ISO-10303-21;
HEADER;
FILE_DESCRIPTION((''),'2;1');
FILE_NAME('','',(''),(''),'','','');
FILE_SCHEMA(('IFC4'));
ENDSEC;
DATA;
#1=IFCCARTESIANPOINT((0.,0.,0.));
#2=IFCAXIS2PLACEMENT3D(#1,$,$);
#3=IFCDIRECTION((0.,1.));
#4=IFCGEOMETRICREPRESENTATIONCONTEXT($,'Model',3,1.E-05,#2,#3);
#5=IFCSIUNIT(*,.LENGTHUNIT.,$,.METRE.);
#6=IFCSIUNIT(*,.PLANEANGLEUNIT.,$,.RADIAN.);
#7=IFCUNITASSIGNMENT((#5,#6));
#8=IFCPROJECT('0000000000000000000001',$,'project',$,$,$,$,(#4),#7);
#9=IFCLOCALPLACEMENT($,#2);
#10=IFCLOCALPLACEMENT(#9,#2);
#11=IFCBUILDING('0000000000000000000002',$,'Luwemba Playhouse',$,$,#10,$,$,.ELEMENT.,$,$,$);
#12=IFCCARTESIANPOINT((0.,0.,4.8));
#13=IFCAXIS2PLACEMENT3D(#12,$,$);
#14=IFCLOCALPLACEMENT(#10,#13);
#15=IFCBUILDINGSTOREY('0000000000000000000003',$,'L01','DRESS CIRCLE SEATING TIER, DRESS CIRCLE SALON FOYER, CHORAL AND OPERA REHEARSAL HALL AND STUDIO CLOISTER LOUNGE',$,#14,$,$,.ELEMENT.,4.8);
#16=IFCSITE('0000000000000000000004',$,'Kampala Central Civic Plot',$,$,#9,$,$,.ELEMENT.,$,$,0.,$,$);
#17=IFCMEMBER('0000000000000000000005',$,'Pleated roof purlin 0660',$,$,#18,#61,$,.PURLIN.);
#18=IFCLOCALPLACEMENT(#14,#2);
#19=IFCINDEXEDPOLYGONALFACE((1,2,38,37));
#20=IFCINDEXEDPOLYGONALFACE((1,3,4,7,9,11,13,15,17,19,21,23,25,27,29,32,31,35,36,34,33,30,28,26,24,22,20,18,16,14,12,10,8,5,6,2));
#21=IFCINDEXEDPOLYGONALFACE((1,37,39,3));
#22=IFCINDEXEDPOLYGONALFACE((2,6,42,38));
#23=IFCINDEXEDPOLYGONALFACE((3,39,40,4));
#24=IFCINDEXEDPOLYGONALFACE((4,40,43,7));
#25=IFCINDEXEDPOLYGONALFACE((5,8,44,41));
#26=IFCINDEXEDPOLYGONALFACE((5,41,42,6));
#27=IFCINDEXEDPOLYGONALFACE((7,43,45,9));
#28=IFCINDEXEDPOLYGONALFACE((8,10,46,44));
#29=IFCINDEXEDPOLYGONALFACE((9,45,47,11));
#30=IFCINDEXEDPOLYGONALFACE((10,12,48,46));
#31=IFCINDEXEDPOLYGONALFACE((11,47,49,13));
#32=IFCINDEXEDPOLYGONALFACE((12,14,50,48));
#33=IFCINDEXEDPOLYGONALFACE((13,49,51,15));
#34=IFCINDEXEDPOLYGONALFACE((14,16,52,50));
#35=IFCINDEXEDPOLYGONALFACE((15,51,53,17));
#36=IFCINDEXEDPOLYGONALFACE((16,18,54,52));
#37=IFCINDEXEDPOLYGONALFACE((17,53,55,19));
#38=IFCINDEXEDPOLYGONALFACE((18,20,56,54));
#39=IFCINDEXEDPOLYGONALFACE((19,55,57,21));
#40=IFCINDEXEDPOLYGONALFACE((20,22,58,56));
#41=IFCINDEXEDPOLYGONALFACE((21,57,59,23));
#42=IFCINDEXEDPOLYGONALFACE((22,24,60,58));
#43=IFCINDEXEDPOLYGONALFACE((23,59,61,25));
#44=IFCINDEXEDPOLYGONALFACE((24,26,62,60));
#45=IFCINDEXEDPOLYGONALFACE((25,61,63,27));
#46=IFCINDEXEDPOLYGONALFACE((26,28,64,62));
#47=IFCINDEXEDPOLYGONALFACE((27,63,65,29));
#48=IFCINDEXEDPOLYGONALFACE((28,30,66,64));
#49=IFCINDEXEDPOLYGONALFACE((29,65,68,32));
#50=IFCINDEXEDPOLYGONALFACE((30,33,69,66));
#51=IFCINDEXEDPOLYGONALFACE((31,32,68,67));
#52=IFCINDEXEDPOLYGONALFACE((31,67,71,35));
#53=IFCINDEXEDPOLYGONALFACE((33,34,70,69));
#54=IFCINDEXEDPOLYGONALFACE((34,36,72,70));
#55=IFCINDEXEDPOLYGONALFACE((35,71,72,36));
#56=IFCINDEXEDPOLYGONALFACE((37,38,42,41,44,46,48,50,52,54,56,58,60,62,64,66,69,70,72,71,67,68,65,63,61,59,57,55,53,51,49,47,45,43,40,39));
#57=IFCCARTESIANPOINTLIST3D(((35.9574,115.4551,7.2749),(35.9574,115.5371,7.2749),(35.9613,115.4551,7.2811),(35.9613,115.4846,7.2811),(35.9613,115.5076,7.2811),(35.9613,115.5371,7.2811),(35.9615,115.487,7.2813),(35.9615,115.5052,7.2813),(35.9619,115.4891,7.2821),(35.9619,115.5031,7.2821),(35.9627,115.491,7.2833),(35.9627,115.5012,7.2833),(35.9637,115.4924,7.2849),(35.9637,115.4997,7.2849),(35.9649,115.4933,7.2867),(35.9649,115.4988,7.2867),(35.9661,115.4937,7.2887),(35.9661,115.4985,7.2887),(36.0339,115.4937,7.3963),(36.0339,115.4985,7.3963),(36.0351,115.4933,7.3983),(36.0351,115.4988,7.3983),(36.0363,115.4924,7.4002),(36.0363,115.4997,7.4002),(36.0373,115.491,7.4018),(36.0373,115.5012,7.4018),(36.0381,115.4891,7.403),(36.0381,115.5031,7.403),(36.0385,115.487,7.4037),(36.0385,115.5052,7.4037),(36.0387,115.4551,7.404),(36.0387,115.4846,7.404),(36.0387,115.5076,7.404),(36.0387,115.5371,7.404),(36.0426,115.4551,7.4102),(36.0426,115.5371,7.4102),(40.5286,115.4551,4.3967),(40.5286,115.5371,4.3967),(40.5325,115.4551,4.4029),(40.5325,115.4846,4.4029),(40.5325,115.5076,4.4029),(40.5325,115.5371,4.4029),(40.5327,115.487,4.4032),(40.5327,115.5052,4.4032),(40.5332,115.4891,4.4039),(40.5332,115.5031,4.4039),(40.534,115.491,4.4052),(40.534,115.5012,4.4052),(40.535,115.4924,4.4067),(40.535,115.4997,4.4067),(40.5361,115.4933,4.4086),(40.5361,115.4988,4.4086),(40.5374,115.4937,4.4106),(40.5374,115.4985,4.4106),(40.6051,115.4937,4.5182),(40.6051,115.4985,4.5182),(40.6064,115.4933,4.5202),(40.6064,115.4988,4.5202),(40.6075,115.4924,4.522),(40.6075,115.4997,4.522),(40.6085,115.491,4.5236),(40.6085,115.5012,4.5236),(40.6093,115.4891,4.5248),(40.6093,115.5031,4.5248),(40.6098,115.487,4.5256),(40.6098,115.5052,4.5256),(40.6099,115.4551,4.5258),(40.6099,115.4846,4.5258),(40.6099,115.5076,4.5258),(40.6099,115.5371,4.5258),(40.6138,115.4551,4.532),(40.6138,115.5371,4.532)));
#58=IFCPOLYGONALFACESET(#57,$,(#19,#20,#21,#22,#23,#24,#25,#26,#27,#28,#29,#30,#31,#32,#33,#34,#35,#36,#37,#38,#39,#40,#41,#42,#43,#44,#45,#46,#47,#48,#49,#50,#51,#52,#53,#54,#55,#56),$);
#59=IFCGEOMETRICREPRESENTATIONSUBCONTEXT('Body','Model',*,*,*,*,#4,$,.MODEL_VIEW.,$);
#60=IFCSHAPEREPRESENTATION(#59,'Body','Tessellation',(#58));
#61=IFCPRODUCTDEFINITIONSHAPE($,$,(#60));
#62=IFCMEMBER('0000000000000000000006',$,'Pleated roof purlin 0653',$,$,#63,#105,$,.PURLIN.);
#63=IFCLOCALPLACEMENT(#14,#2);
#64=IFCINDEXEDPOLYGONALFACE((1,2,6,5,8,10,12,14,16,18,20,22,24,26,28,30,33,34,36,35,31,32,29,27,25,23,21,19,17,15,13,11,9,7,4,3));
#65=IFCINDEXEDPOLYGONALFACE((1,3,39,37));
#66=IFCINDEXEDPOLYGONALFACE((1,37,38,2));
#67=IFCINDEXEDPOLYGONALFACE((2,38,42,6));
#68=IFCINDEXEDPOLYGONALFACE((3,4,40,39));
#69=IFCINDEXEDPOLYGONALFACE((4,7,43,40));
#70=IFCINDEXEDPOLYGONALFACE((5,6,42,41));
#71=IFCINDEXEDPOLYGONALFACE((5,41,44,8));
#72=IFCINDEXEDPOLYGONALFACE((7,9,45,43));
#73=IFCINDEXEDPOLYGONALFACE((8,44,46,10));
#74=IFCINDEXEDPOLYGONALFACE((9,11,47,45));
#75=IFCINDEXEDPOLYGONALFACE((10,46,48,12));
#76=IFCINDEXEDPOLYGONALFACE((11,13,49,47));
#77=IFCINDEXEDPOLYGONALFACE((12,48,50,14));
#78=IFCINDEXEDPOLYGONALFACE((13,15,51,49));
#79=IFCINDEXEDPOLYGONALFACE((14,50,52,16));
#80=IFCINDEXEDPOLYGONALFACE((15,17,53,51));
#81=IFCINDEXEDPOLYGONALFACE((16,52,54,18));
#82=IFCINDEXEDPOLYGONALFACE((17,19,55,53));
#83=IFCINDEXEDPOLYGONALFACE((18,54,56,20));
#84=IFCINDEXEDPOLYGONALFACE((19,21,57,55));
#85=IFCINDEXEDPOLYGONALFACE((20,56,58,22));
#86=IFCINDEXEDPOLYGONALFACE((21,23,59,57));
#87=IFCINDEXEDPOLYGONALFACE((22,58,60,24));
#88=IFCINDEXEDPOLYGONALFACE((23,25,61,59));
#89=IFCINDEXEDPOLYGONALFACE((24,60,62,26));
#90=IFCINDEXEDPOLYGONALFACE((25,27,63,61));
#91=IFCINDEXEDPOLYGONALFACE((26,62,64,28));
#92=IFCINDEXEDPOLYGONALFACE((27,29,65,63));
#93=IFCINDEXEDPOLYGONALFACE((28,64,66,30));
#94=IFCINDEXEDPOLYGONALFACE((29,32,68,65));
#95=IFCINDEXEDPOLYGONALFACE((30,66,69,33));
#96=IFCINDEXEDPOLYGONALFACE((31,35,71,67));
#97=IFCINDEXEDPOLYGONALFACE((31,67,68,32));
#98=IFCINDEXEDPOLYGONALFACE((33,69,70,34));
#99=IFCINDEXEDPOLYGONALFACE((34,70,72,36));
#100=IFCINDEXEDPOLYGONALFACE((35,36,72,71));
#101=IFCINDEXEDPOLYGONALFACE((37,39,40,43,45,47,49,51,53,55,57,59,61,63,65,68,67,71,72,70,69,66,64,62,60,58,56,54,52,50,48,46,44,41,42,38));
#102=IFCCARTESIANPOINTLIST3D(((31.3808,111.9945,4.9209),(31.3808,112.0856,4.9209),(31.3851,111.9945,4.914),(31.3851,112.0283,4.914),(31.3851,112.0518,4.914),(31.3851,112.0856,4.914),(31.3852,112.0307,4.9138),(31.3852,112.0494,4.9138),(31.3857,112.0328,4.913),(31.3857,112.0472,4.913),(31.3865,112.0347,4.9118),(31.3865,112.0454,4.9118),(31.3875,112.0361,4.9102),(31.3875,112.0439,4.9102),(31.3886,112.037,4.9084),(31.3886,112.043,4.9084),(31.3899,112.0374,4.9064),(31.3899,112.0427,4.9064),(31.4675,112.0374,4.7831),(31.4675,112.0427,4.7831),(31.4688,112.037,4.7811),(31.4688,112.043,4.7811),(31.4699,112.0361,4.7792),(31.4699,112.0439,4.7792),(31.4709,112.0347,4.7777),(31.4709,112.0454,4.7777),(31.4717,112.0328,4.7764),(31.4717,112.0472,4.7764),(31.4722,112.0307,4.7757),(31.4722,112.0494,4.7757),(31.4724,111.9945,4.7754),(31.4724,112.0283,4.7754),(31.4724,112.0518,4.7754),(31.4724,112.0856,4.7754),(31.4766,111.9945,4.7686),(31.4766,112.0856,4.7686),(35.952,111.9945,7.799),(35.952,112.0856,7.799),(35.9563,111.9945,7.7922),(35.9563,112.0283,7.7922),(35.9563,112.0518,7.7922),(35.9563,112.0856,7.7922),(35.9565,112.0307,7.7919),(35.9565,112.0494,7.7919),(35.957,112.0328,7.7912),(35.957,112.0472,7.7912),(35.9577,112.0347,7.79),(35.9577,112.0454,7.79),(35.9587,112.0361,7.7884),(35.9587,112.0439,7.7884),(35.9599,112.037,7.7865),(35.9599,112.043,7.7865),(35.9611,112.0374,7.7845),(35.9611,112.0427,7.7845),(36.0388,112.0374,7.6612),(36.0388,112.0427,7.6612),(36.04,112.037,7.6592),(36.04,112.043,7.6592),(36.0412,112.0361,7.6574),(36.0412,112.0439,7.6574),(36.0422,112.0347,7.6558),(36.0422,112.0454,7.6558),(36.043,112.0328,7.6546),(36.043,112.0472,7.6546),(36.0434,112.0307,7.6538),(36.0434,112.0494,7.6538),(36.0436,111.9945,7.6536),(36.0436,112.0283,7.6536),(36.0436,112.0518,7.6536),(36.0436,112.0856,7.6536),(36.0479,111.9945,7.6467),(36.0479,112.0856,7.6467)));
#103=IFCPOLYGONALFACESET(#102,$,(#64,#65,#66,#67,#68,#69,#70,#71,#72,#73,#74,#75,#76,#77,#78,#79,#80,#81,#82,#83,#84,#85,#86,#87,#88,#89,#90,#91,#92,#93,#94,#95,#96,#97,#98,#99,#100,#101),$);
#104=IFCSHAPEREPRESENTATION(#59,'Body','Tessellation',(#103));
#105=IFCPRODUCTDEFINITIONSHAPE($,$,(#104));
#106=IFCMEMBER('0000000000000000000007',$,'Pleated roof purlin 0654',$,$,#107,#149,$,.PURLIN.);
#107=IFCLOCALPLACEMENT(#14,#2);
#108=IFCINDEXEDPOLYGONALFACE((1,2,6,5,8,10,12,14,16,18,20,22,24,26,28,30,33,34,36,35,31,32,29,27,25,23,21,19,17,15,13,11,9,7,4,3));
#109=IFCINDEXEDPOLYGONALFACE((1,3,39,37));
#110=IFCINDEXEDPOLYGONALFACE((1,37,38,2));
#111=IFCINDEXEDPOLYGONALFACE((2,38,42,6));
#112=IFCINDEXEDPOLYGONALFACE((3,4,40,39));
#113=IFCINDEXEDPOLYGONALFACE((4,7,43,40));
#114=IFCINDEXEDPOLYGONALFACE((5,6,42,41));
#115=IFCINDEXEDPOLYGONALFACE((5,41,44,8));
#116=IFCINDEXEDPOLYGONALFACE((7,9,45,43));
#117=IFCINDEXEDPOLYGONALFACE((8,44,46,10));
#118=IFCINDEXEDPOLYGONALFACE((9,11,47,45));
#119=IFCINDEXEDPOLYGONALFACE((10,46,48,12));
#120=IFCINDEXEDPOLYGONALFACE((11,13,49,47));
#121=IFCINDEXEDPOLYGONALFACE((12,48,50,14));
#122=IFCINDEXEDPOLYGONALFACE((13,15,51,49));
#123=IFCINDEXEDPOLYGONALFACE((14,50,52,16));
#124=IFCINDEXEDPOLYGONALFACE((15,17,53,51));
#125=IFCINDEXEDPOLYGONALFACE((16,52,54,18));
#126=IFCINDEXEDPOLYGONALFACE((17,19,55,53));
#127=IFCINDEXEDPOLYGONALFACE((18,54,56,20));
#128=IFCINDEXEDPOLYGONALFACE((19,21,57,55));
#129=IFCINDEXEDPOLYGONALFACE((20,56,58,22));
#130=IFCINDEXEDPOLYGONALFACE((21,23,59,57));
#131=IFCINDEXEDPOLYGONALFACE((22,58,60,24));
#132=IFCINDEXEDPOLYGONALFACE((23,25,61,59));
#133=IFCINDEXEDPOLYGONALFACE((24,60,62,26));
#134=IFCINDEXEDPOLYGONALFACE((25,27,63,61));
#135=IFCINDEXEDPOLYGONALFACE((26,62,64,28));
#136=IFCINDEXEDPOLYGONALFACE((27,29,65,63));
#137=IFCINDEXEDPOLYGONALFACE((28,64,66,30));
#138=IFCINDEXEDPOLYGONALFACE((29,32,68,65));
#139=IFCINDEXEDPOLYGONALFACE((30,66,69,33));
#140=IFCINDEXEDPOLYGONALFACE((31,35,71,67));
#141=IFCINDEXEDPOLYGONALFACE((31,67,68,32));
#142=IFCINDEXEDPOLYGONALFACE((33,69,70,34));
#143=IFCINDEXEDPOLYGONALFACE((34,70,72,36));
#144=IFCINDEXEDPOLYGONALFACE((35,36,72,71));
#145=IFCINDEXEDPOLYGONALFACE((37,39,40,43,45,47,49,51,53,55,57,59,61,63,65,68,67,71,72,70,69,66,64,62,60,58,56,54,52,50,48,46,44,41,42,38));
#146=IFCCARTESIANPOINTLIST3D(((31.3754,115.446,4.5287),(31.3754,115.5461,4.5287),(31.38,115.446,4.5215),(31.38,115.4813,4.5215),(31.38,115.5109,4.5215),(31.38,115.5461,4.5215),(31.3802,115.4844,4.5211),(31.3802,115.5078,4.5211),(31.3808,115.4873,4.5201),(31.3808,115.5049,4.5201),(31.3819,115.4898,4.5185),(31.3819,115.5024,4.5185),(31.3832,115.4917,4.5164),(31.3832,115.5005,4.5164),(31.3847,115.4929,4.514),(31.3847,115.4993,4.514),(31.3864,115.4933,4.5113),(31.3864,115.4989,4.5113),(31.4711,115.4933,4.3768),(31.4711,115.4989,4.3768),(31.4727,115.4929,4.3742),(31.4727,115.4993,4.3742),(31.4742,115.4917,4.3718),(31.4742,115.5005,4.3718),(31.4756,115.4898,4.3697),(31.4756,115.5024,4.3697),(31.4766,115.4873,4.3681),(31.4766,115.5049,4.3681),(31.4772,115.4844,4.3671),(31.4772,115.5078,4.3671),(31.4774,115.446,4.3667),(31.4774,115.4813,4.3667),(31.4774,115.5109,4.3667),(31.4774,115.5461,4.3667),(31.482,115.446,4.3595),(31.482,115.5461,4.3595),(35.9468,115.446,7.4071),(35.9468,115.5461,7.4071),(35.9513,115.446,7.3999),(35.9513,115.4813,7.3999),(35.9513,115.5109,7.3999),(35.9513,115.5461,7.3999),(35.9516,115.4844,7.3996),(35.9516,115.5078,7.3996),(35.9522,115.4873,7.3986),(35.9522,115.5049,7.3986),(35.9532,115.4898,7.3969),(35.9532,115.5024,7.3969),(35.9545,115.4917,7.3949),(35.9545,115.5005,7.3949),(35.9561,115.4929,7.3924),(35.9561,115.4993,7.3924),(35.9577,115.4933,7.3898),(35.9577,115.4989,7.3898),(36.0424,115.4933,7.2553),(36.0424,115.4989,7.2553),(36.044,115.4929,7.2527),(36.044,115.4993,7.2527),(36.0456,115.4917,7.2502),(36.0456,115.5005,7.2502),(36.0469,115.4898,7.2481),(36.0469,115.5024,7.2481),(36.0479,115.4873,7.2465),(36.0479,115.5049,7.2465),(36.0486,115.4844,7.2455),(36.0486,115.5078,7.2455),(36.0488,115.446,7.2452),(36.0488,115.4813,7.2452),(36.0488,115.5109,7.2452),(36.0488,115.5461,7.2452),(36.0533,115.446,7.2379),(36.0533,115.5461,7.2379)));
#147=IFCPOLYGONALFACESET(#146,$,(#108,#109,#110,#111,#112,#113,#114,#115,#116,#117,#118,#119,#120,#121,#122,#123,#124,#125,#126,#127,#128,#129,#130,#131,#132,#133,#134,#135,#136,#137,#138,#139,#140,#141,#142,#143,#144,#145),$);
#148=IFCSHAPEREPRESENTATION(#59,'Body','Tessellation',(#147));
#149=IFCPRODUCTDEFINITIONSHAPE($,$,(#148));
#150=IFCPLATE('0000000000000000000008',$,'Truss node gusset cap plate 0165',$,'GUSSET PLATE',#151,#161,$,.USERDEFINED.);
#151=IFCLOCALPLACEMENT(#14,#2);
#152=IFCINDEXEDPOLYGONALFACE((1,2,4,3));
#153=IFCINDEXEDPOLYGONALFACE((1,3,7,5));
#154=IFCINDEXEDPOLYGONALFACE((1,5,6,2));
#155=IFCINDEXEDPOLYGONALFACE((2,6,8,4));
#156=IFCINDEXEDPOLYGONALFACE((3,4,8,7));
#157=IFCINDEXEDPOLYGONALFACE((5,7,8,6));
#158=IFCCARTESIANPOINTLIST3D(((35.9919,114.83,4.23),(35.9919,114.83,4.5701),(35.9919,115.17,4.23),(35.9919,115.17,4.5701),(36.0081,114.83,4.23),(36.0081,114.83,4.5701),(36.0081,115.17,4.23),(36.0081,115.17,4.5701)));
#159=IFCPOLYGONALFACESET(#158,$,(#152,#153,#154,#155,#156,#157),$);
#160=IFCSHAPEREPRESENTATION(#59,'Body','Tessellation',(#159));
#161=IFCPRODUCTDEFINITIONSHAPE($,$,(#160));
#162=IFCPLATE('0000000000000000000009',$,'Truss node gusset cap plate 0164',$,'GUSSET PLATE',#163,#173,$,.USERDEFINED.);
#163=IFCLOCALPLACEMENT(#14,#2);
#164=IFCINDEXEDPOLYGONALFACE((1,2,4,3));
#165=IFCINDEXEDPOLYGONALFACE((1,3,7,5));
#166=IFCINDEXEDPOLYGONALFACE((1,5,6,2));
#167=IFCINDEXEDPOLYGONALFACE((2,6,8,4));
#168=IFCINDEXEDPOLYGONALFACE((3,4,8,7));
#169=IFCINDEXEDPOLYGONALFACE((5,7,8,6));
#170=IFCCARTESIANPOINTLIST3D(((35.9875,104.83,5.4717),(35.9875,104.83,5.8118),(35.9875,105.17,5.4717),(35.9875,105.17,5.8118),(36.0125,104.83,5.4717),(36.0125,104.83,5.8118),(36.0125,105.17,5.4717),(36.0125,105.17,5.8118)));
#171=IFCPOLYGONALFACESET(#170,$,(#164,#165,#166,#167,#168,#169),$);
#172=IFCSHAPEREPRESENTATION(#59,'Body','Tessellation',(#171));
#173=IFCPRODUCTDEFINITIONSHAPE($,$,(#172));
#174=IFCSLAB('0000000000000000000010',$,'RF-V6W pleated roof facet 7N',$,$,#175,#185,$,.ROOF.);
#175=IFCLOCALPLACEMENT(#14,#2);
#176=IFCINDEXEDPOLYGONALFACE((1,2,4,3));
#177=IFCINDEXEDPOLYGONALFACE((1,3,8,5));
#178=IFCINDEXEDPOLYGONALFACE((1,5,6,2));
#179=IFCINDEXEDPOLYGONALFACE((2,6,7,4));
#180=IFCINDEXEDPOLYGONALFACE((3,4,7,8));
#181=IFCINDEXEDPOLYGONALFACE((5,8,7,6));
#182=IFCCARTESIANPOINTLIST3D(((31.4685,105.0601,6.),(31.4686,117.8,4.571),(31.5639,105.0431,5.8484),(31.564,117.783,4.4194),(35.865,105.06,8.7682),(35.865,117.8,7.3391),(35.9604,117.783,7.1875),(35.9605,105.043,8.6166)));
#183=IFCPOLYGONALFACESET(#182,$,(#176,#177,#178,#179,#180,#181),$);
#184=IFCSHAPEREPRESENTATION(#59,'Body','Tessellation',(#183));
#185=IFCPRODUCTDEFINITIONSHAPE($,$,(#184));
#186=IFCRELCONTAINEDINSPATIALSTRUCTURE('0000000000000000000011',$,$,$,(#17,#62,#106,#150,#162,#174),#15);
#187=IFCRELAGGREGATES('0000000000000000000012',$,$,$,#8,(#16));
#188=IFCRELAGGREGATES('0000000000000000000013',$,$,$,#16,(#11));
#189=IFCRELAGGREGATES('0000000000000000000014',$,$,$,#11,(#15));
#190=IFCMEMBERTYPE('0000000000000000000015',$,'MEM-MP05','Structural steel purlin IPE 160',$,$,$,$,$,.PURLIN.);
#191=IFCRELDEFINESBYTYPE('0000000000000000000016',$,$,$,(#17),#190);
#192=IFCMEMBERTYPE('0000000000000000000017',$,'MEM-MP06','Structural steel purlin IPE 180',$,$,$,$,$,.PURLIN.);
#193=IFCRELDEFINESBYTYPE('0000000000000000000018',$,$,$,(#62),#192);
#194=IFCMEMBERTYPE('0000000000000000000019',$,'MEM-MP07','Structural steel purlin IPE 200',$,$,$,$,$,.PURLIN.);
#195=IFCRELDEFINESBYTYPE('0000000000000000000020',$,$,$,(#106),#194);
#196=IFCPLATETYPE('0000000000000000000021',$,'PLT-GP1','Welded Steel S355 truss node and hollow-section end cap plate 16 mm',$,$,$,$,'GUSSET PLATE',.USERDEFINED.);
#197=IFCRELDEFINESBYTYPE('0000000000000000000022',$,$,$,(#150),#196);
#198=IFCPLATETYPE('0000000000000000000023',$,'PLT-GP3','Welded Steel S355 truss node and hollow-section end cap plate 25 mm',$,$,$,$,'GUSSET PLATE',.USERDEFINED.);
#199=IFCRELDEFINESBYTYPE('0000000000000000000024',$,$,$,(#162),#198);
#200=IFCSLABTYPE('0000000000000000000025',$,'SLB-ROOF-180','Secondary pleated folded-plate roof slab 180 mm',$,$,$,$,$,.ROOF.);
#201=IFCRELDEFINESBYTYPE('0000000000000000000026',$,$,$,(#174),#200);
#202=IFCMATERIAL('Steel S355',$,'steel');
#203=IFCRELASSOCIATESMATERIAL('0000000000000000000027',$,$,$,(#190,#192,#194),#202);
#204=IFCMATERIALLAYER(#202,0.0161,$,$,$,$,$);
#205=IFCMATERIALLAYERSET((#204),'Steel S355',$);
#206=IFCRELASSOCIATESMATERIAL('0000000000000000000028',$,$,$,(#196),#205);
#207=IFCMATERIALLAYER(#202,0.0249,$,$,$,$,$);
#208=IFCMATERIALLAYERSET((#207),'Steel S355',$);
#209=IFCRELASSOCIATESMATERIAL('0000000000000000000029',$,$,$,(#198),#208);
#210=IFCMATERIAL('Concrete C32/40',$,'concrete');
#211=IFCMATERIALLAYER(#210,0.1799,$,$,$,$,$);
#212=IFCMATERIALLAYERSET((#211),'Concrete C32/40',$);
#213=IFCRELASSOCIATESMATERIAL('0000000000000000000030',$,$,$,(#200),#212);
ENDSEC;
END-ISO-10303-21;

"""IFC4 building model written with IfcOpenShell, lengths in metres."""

from ifc_helpers import new_model, si_unit, direction, frame, origin, origin_2d, place, context, subcontext, project, spatial, polyline, rectangle, i_section, outline, extrude, material, layer, layer_set, material_profile, profile_set, type_object, element, save


model = new_model("IFC4")

# Units and contexts
model_context = context("Model", 3, precision=1e-05, world=origin(), true_north=direction((0.0, 1.0)))
body_context = subcontext(model_context, "Body", "Model", "MODEL_VIEW")
ifc_project = project(units=[si_unit("LENGTHUNIT", "METRE"), si_unit("PLANEANGLEUNIT", "RADIAN")], contexts=[model_context])

# Site, building, storey
site_placement = place(None, origin())
site = spatial("IfcSite", under=ifc_project, at=site_placement, Name="Kampala Central Civic Plot", CompositionType="ELEMENT", RefElevation=0.0)
building_placement = place(site_placement, origin())
building = spatial("IfcBuilding", under=site, at=building_placement, Name="Luwemba Playhouse", CompositionType="ELEMENT")
storey_placement = place(building_placement, frame((0.0, 0.0, 4.8)))
storey = spatial("IfcBuildingStorey", under=building, at=storey_placement, Name="L01", Description="DRESS CIRCLE SEATING TIER, DRESS CIRCLE SALON FOYER, CHORAL AND OPERA REHEARSAL HALL AND STUDIO CLOISTER LOUNGE", CompositionType="ELEMENT", Elevation=4.8)

# Shared definitions
ifc_material_1 = material(Name="Steel S355", Category="steel")

# Members
ifc_material_profile_1 = material_profile(ifc_material_1, i_section(OverallWidth=0.082, OverallDepth=0.1599, WebThickness=0.0049, FlangeThickness=0.0073, FilletRadius=0.009, at=origin_2d()))
ifc_profile_set_1 = profile_set([ifc_material_profile_1], Name="Steel S355")
member_type_1 = type_object("IfcMemberType", Name="MEM-MP05", Description="Structural steel purlin IPE 160", PredefinedType="PURLIN", material=ifc_profile_set_1)
member_1_placement = place(storey_placement, frame((36.0, 115.4961, 7.3425), z_axis=(0.846237, 0.0, -0.532807), x_axis=(0.0, 1.0, 0.0)))
element("IfcMember", 1, at=member_1_placement, inside=storey, type_object=member_type_1, Name="Pleated roof purlin 0660", PredefinedType="PURLIN", context=body_context, shape_type="SweptSolid", body=[
    extrude(i_section(OverallWidth=0.082, OverallDepth=0.1599, WebThickness=0.0049, FlangeThickness=0.0073, FilletRadius=0.009, at=origin_2d()), origin(), (0.0, 0.0, 1.0), 5.4019),
])
ifc_material_profile_2 = material_profile(ifc_material_1, i_section(OverallWidth=0.0911, OverallDepth=0.1799, WebThickness=0.0054, FlangeThickness=0.0081, FilletRadius=0.009, at=origin_2d()))
ifc_profile_set_2 = profile_set([ifc_material_profile_2], Name="Steel S355")
member_type_2 = type_object("IfcMemberType", Name="MEM-MP06", Description="Structural steel purlin IPE 180", PredefinedType="PURLIN", material=ifc_profile_set_2)
member_2_placement = place(storey_placement, frame((31.4287, 112.04, 4.8447), z_axis=(0.846237, 0.0, 0.532807), x_axis=(0.0, 1.0, 0.0)))
element("IfcMember", 2, at=member_2_placement, inside=storey, type_object=member_type_2, Name="Pleated roof purlin 0653", PredefinedType="PURLIN", context=body_context, shape_type="SweptSolid", body=[
    extrude(i_section(OverallWidth=0.0911, OverallDepth=0.1799, WebThickness=0.0054, FlangeThickness=0.0081, FilletRadius=0.009, at=origin_2d()), origin(), (0.0, 0.0, 1.0), 5.4019),
])
ifc_material_profile_3 = material_profile(ifc_material_1, i_section(OverallWidth=0.1001, OverallDepth=0.2, WebThickness=0.0056, FlangeThickness=0.0085, FilletRadius=0.012, at=origin_2d()))
ifc_profile_set_3 = profile_set([ifc_material_profile_3], Name="Steel S355")
member_type_3 = type_object("IfcMemberType", Name="MEM-MP07", Description="Structural steel purlin IPE 200", PredefinedType="PURLIN", material=ifc_profile_set_3)
member_3_placement = place(storey_placement, frame((31.4287, 115.4961, 4.4441), z_axis=(0.846216, 0.0, 0.53284), x_axis=(0.0, 1.0, 0.0)))
element("IfcMember", 3, at=member_3_placement, inside=storey, type_object=member_type_3, Name="Pleated roof purlin 0654", PredefinedType="PURLIN", context=body_context, shape_type="SweptSolid", body=[
    extrude(i_section(OverallWidth=0.1001, OverallDepth=0.2, WebThickness=0.0056, FlangeThickness=0.0085, FilletRadius=0.012, at=origin_2d()), origin(), (0.0, 0.0, 1.0), 5.4021),
])

# Plates
ifc_layer_1 = layer(ifc_material_1, 0.0161)
ifc_layer_set_1 = layer_set([ifc_layer_1], Name="Steel S355")
plate_type_1 = type_object("IfcPlateType", Name="PLT-GP1", Description="Welded Steel S355 truss node and hollow-section end cap plate 16 mm", ElementType="GUSSET PLATE", PredefinedType="USERDEFINED", material=ifc_layer_set_1)
plate_1_placement = place(storey_placement, frame((36.0, 115.0, 4.23), z_axis=(0.0, 0.0, 1.0), x_axis=(1.0, 0.0, 0.0)))
element("IfcPlate", 4, at=plate_1_placement, inside=storey, type_object=plate_type_1, Name="Truss node gusset cap plate 0165", ObjectType="GUSSET PLATE", PredefinedType="USERDEFINED", context=body_context, shape_type="SweptSolid", body=[
    extrude(rectangle(XDim=0.0161, YDim=0.3401, at=origin_2d()), origin(), (0.0, 0.0, 1.0), 0.3401),
])
ifc_layer_2 = layer(ifc_material_1, 0.0249)
ifc_layer_set_2 = layer_set([ifc_layer_2], Name="Steel S355")
plate_type_2 = type_object("IfcPlateType", Name="PLT-GP3", Description="Welded Steel S355 truss node and hollow-section end cap plate 25 mm", ElementType="GUSSET PLATE", PredefinedType="USERDEFINED", material=ifc_layer_set_2)
plate_2_placement = place(storey_placement, frame((36.0, 105.0, 5.4717), z_axis=(0.0, 0.0, 1.0), x_axis=(1.0, 0.0, 0.0)))
element("IfcPlate", 5, at=plate_2_placement, inside=storey, type_object=plate_type_2, Name="Truss node gusset cap plate 0164", ObjectType="GUSSET PLATE", PredefinedType="USERDEFINED", context=body_context, shape_type="SweptSolid", body=[
    extrude(rectangle(XDim=0.0249, YDim=0.3401, at=origin_2d()), origin(), (0.0, 0.0, 1.0), 0.3401),
])

# Slab
ifc_material_2 = material(Name="Concrete C32/40", Category="concrete")
ifc_layer_3 = layer(ifc_material_2, 0.1799)
ifc_layer_set_3 = layer_set([ifc_layer_3], Name="Concrete C32/40")
slab_type = type_object("IfcSlabType", Name="SLB-ROOF-180", Description="Secondary pleated folded-plate roof slab 180 mm", PredefinedType="ROOF", material=ifc_layer_set_3)
slab_1_placement = place(storey_placement, frame((31.4685, 105.0601, 6.0), z_axis=(-0.530433, 0.094499, 0.842443), x_axis=(0.84623, -0.000002, 0.532818)))
element("IfcSlab", 6, at=slab_1_placement, inside=storey, type_object=slab_type, Name="RF-V6W pleated roof facet 7N", PredefinedType="ROOF", context=body_context, shape_type="SweptSolid", body=[
    extrude(outline(polyline([(0.0, 0.0), (5.1954, 0.0), (4.4339, 12.7973), (-0.7614, 12.7972), (0.0, 0.0)])), origin(), (0.0, 0.0, -1.0), 0.1799),
])

save(model, "model.ifc")
